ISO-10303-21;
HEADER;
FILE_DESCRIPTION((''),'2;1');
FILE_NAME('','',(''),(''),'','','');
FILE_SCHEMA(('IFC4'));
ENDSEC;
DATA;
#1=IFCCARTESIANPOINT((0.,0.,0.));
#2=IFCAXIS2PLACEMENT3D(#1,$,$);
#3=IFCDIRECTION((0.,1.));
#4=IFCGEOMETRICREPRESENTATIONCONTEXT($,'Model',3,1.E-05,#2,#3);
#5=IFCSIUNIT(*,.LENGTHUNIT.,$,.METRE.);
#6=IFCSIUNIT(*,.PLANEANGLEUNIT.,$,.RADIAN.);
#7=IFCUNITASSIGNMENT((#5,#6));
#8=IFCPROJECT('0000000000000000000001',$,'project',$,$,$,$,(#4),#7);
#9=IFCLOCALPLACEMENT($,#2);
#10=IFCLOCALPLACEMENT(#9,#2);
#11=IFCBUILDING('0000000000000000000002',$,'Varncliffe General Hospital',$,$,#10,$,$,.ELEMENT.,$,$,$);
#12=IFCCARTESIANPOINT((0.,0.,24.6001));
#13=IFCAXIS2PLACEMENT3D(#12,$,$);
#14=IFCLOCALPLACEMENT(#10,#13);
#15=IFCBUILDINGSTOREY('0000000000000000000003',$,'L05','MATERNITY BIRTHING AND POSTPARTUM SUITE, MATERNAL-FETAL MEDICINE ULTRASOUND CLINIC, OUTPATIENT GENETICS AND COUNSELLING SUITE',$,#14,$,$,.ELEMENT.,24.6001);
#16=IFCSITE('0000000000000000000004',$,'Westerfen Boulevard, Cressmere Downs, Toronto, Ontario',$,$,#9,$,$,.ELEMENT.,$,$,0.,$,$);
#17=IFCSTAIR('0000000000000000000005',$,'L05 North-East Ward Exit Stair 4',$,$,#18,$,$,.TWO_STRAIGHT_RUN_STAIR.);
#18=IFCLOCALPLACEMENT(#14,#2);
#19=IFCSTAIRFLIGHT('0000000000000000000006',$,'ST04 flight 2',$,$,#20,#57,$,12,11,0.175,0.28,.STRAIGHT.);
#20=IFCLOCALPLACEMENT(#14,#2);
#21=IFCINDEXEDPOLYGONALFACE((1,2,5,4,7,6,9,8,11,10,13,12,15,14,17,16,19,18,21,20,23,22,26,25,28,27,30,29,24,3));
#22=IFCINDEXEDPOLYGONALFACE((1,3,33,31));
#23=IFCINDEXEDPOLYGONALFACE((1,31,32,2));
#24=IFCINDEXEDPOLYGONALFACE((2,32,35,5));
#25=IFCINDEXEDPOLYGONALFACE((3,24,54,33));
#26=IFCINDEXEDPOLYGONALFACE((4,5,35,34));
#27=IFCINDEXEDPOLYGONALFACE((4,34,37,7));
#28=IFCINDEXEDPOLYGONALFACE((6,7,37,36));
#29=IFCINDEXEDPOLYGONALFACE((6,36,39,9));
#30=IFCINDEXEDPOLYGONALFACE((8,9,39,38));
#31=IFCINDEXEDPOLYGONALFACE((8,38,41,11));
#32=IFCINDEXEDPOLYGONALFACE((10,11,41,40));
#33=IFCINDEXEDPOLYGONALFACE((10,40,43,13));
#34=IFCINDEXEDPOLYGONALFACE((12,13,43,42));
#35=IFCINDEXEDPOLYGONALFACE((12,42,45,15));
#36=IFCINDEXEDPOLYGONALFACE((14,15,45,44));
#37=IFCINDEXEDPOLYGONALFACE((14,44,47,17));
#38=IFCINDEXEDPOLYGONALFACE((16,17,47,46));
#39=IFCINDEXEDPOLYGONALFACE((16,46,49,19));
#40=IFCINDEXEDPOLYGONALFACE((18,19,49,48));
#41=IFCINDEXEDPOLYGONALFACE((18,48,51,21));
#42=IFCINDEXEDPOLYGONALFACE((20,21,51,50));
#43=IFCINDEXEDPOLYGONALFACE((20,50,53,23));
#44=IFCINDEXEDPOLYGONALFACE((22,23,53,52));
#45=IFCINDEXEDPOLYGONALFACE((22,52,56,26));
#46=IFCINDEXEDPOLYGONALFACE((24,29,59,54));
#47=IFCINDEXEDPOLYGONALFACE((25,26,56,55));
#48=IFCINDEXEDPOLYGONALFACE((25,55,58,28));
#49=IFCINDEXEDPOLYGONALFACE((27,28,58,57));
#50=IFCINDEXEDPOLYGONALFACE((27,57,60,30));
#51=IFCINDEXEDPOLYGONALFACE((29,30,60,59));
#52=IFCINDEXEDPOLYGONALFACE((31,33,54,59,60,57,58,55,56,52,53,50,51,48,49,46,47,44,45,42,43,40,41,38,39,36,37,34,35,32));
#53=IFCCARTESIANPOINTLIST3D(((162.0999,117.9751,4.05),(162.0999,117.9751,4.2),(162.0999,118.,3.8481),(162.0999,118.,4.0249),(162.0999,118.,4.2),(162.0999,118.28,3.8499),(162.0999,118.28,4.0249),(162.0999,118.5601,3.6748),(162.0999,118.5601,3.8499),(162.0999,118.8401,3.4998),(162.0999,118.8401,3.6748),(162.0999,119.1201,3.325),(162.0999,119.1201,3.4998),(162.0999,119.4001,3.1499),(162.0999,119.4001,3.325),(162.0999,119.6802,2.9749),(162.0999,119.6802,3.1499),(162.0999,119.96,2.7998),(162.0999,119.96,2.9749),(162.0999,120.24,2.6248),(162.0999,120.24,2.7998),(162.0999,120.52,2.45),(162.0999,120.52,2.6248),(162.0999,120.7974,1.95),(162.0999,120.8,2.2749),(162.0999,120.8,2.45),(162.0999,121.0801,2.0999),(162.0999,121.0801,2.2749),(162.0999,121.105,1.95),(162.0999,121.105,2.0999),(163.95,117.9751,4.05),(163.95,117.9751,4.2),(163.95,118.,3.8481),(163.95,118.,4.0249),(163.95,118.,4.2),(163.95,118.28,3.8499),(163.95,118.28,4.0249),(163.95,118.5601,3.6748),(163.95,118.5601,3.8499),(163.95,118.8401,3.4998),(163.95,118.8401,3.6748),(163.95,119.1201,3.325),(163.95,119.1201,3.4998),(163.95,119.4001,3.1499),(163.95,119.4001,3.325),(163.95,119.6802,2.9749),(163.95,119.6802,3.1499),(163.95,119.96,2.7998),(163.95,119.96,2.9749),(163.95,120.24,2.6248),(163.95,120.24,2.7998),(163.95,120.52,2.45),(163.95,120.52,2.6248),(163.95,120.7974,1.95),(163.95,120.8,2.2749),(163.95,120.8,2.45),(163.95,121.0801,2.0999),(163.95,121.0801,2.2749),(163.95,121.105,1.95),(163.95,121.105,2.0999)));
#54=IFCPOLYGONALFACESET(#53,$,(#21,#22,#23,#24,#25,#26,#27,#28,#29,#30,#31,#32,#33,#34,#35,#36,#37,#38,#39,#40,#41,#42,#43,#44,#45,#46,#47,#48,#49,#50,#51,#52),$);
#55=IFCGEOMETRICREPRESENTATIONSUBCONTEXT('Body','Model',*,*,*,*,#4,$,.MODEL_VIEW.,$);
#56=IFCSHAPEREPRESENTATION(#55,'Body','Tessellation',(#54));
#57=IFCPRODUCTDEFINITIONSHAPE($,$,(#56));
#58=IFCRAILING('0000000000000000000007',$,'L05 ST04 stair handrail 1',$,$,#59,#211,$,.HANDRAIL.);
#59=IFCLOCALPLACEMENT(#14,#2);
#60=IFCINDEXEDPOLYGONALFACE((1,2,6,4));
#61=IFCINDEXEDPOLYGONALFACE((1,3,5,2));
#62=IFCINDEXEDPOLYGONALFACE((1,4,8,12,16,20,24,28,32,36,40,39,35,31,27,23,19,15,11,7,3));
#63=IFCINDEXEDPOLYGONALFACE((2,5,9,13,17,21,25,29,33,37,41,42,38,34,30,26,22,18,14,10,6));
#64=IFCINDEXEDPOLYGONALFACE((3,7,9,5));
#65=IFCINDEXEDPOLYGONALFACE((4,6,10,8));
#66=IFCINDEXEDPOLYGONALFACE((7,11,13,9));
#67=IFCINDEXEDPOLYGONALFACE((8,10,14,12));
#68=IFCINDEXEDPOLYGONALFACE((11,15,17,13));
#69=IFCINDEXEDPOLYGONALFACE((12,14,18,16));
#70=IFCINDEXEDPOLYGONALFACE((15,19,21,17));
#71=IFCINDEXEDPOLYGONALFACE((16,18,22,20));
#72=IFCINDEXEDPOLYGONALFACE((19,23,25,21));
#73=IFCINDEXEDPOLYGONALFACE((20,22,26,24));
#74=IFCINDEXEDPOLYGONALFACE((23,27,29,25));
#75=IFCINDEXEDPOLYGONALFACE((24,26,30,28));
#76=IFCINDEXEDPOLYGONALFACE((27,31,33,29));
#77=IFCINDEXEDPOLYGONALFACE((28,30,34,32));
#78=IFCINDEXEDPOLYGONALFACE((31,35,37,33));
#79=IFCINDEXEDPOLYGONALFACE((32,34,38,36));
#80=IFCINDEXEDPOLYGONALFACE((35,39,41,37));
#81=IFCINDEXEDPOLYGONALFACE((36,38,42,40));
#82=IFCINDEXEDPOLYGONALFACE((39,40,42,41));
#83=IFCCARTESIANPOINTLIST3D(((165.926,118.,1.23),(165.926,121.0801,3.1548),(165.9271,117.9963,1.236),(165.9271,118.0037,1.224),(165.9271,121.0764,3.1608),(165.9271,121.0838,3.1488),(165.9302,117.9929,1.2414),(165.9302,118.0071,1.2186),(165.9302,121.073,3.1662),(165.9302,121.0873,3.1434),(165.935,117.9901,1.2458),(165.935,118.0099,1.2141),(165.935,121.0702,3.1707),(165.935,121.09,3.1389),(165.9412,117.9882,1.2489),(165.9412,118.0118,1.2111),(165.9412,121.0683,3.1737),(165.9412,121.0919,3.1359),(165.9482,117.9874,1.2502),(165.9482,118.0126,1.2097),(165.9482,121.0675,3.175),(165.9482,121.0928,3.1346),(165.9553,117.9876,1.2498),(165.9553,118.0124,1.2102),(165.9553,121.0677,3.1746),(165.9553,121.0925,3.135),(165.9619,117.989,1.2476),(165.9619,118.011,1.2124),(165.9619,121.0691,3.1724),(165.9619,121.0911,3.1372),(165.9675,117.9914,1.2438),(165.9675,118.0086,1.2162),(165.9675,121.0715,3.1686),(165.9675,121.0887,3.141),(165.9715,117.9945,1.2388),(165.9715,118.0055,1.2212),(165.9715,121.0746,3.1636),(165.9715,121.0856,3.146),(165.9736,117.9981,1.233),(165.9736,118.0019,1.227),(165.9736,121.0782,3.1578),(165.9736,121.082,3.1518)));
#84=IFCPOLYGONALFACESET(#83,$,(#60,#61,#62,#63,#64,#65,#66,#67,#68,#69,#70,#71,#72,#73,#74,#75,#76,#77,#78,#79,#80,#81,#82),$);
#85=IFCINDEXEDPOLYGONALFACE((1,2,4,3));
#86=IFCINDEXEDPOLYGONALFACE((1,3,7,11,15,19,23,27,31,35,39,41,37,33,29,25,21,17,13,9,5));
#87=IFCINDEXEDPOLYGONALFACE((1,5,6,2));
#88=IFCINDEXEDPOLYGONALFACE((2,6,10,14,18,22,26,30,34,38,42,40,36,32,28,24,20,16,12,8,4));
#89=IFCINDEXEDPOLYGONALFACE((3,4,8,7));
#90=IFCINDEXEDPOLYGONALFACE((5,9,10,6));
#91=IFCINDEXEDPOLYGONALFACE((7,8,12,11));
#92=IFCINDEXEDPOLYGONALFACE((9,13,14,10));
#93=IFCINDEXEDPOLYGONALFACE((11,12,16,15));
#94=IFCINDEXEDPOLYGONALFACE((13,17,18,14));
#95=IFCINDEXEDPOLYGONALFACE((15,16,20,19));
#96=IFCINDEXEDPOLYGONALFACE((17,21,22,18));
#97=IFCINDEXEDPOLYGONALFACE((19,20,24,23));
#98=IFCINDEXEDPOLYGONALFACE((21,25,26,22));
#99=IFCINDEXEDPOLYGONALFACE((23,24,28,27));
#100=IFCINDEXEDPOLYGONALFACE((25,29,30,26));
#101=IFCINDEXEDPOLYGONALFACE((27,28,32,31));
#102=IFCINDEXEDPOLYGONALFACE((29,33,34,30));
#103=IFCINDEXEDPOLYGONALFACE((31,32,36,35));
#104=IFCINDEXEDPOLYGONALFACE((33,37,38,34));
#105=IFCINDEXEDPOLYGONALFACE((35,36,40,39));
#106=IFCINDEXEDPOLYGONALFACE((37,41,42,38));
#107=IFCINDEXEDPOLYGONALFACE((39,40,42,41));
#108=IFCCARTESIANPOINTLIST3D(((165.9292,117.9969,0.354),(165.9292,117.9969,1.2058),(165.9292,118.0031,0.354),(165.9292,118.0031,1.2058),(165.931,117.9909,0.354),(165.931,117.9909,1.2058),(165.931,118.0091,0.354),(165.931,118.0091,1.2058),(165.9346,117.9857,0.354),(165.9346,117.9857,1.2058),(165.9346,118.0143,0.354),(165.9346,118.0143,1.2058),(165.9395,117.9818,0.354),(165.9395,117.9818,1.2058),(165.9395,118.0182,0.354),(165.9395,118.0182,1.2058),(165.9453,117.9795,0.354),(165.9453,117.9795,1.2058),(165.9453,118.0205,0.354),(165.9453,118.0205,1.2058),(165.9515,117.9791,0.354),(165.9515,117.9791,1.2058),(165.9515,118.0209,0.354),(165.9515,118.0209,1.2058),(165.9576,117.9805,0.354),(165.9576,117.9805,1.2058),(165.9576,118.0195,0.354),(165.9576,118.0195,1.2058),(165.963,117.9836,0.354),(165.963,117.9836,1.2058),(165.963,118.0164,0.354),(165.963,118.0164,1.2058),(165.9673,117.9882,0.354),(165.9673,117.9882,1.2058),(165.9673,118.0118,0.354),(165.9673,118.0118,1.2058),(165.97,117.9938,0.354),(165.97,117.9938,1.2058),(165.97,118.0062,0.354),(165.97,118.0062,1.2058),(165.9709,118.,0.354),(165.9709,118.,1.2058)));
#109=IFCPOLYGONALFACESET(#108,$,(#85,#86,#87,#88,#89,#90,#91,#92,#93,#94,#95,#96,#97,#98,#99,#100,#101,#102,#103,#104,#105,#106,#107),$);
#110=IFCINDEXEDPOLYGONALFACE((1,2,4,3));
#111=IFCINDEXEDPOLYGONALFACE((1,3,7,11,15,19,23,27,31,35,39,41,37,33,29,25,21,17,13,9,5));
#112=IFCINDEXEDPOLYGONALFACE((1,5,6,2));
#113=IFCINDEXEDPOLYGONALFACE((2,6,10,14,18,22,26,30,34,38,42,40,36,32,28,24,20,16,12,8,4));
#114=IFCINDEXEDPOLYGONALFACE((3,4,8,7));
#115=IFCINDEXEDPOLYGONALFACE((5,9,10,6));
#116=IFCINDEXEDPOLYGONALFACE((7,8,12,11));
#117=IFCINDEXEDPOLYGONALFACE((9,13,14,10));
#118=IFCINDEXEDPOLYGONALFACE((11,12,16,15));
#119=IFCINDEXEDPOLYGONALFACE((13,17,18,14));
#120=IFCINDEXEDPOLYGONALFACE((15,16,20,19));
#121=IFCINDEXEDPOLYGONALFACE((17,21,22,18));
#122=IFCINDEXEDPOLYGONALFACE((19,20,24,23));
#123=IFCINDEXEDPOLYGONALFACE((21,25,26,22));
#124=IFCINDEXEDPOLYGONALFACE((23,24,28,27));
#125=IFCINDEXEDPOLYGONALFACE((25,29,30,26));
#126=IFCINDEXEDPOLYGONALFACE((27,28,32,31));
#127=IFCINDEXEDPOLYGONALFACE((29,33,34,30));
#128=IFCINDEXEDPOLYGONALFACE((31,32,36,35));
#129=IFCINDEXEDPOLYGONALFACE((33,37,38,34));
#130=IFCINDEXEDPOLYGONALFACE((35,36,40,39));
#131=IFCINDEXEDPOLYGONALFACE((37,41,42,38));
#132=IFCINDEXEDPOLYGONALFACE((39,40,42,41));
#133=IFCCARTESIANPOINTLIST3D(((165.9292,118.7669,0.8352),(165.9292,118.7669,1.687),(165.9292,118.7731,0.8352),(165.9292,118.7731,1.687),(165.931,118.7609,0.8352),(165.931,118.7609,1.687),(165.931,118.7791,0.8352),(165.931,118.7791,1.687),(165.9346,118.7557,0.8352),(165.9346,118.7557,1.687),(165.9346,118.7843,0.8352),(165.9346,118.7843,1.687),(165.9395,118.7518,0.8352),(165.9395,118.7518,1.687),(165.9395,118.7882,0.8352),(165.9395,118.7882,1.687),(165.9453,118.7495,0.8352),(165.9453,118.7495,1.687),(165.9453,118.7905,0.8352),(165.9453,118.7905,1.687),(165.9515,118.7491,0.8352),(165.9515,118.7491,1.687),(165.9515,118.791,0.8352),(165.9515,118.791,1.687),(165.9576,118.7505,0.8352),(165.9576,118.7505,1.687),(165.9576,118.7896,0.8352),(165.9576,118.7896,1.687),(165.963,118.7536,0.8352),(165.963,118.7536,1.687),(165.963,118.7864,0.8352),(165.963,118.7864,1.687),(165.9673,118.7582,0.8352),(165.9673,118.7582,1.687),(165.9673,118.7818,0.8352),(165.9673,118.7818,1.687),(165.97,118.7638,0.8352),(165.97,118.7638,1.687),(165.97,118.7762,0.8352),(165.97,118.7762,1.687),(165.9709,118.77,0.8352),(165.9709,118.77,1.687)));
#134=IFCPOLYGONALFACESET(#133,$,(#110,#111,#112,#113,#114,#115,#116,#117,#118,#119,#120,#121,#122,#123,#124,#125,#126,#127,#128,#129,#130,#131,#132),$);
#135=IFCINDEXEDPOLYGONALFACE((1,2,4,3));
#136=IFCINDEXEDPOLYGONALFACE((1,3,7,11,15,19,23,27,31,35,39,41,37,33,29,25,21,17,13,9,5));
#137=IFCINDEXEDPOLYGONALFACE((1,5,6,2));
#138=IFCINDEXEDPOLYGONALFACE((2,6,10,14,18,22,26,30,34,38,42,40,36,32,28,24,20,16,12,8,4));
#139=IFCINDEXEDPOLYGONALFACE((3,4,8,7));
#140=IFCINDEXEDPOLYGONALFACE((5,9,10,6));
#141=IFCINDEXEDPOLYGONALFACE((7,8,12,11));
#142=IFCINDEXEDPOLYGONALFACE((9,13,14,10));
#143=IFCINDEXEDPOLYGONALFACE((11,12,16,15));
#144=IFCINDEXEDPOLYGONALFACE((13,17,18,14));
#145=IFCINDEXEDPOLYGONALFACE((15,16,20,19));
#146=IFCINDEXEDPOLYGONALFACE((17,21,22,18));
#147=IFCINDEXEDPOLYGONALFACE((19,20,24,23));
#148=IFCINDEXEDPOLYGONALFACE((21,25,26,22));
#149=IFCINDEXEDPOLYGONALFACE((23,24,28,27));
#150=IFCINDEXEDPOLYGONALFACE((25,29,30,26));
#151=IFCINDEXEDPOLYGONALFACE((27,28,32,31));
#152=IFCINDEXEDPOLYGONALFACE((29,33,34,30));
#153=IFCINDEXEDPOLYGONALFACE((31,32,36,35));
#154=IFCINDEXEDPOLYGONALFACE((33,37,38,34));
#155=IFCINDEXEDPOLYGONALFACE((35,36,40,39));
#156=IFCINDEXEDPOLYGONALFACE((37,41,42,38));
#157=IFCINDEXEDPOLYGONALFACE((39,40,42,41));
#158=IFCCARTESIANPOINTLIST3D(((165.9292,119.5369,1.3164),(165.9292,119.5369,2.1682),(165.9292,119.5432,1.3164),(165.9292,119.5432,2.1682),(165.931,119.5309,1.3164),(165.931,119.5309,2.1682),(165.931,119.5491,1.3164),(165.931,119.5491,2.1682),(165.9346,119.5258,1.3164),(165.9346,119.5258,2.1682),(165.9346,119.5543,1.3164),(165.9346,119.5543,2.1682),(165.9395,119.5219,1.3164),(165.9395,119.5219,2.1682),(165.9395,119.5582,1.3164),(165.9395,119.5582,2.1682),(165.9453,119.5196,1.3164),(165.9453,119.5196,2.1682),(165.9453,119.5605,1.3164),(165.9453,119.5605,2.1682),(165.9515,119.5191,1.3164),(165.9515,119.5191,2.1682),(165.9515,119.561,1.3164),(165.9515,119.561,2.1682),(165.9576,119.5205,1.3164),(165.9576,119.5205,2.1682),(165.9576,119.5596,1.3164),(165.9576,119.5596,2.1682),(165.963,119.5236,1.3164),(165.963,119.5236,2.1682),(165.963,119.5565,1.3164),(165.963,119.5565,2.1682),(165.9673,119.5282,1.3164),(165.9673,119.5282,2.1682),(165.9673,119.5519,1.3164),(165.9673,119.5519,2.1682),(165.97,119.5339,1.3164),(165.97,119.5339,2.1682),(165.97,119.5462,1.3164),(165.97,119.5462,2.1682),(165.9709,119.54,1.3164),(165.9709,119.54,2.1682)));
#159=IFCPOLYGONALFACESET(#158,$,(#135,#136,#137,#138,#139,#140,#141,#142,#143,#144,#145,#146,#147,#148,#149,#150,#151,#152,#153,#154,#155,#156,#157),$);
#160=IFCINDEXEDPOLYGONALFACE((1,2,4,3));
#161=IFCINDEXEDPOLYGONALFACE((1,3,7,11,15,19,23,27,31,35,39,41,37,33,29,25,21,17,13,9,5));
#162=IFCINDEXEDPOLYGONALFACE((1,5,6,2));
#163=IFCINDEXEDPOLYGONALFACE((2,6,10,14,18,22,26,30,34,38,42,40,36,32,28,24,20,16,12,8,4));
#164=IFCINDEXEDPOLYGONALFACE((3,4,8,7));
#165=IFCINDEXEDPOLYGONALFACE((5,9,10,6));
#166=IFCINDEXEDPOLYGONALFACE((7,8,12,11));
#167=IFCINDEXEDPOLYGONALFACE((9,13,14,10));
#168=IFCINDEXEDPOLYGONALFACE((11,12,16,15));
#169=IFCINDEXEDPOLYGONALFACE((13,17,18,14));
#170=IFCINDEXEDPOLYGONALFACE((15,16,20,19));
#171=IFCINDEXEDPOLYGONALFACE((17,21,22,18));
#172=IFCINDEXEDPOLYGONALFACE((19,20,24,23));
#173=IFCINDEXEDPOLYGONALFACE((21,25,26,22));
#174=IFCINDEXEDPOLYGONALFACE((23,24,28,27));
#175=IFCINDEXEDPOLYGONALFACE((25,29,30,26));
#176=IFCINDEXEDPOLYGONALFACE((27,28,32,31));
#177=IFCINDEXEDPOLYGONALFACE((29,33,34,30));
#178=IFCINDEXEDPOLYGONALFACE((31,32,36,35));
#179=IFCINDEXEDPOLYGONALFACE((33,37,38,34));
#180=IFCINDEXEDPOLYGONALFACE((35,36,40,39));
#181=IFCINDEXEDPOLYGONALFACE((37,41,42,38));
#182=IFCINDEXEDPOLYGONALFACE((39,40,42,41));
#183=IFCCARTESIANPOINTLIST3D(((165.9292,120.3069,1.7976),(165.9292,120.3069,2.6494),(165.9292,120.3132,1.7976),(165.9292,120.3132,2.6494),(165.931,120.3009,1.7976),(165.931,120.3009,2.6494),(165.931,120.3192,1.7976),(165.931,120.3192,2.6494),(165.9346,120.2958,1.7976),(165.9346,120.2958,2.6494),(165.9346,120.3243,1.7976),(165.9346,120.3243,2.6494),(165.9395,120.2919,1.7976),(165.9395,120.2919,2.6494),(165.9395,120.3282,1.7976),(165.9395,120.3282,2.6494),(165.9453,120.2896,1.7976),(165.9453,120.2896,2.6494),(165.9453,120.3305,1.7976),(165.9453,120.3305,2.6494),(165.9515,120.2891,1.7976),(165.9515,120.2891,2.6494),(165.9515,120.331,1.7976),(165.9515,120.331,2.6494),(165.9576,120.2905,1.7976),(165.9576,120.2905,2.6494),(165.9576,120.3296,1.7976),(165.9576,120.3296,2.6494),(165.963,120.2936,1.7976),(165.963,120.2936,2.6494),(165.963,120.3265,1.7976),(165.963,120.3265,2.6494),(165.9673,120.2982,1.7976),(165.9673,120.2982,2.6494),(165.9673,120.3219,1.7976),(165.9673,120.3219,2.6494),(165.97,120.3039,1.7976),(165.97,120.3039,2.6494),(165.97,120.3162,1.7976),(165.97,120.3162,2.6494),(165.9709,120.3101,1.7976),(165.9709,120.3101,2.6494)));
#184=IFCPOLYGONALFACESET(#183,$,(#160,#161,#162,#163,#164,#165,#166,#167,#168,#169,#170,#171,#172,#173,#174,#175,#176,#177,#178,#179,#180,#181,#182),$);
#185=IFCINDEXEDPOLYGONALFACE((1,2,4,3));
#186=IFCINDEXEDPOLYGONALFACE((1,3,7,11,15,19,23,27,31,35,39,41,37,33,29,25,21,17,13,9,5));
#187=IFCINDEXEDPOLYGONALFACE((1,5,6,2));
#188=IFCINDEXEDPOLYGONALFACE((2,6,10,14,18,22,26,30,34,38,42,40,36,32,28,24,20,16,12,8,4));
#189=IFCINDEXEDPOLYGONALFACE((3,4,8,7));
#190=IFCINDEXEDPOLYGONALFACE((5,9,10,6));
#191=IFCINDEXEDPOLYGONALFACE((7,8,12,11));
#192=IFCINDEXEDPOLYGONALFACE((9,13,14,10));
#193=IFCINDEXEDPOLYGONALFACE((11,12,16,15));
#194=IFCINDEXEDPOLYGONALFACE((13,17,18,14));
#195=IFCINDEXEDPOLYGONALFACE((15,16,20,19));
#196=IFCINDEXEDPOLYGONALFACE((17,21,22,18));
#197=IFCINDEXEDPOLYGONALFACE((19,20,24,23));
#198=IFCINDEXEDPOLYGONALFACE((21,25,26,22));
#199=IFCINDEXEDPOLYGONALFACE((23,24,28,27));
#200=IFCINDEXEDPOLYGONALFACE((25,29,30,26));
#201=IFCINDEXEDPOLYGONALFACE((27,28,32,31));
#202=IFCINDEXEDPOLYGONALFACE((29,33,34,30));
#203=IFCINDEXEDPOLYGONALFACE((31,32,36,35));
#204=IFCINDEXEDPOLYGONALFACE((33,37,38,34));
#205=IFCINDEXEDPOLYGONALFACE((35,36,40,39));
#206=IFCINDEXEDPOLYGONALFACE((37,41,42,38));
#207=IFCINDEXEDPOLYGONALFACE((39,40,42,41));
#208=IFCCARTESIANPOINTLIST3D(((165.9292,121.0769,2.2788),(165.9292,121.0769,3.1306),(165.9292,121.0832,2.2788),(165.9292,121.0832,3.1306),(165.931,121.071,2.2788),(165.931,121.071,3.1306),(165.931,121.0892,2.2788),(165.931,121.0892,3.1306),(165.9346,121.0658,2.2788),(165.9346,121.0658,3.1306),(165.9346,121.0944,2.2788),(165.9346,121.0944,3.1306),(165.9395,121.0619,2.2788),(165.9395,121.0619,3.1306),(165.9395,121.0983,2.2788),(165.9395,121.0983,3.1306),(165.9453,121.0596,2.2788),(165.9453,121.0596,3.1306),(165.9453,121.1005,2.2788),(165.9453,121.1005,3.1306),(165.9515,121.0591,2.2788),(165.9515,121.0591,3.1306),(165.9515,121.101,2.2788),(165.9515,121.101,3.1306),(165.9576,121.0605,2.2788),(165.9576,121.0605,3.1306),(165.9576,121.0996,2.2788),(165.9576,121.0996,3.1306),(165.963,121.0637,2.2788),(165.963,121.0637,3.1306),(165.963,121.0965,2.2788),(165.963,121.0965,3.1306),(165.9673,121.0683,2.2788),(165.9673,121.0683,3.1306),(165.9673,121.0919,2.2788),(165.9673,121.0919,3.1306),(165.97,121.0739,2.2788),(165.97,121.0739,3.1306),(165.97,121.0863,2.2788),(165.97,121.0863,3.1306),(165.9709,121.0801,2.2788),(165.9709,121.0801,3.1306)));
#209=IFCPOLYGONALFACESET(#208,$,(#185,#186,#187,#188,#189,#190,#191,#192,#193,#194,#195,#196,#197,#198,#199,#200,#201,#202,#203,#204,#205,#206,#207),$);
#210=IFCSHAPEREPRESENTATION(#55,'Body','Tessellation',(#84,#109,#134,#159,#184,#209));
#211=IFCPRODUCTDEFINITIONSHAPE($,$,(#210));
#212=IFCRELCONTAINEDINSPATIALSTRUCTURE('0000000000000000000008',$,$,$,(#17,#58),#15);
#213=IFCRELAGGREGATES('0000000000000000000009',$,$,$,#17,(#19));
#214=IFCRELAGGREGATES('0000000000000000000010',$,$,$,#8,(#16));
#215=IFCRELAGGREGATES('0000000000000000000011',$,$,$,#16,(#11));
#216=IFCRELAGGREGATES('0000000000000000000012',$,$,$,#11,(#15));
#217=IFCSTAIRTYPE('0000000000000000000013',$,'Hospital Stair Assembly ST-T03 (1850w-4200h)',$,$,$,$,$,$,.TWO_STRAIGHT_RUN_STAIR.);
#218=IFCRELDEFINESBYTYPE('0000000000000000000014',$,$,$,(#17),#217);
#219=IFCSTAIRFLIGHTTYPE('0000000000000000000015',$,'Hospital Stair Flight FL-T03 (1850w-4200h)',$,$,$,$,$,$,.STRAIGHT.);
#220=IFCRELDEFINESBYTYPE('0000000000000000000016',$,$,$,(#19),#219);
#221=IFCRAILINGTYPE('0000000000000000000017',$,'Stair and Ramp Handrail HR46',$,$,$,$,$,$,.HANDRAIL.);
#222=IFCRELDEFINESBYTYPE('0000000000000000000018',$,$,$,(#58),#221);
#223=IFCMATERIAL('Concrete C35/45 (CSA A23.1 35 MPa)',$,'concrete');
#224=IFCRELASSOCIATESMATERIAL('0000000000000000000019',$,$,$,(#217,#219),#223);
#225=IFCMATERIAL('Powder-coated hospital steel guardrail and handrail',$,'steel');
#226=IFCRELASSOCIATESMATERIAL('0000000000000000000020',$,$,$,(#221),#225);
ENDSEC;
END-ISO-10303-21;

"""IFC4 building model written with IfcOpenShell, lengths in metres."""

from ifc_helpers import new_model, si_unit, direction, frame, origin, origin_2d, place, context, subcontext, project, spatial, polyline, circle, outline, extrude, material, type_object, element, aggregate, save


model = new_model("IFC4")

# Units and contexts
model_context = context("Model", 3, precision=1e-05, world=origin(), true_north=direction((0.0, 1.0)))
body_context = subcontext(model_context, "Body", "Model", "MODEL_VIEW")
ifc_project = project(units=[si_unit("LENGTHUNIT", "METRE"), si_unit("PLANEANGLEUNIT", "RADIAN")], contexts=[model_context])

# Site, building, storey
site_placement = place(None, origin())
site = spatial("IfcSite", under=ifc_project, at=site_placement, Name="Westerfen Boulevard, Cressmere Downs, Toronto, Ontario", CompositionType="ELEMENT", RefElevation=0.0)
building_placement = place(site_placement, origin())
building = spatial("IfcBuilding", under=site, at=building_placement, Name="Varncliffe General Hospital", CompositionType="ELEMENT")
storey_placement = place(building_placement, frame((0.0, 0.0, 24.6001)))
storey = spatial("IfcBuildingStorey", under=building, at=storey_placement, Name="L05", Description="MATERNITY BIRTHING AND POSTPARTUM SUITE, MATERNAL-FETAL MEDICINE ULTRASOUND CLINIC, OUTPATIENT GENETICS AND COUNSELLING SUITE", CompositionType="ELEMENT", Elevation=24.6001)

# Stair, stair flight
ifc_material_1 = material(Name="Concrete C35/45 (CSA A23.1 35 MPa)", Category="concrete")
stair_type = type_object("IfcStairType", Name="Hospital Stair Assembly ST-T03 (1850w-4200h)", PredefinedType="TWO_STRAIGHT_RUN_STAIR", material=ifc_material_1)
stair_placement = place(storey_placement, origin())
stair = element("IfcStair", 1, at=stair_placement, inside=storey, type_object=stair_type, Name="L05 North-East Ward Exit Stair 4", PredefinedType="TWO_STRAIGHT_RUN_STAIR")
stair_flight_type = type_object("IfcStairFlightType", Name="Hospital Stair Flight FL-T03 (1850w-4200h)", PredefinedType="STRAIGHT", material=ifc_material_1)
stair_flight_1_placement = place(storey_placement, frame((163.0249, 121.0801, 2.0999), z_axis=(0.0, 0.0, 1.0), x_axis=(0.0, -1.0, 0.0)))
stair_flight_1 = element("IfcStairFlight", 2, at=stair_flight_1_placement, type_object=stair_flight_type, Name="ST04 flight 2", NumberOfRisers=12, NumberOfTreads=11, PredefinedType="STRAIGHT", RiserHeight=0.175, TreadLength=0.28, context=body_context, shape_type="SweptSolid", body=[
    extrude(outline(polyline([(-0.0249, -0.1499), (-0.0249, 0.0), (0.0, 0.0), (0.0, 0.175), (0.28, 0.175), (0.28, 0.3501), (0.5601, 0.3501), (0.5601, 0.5249), (0.8401, 0.5249), (0.8401, 0.7), (1.1201, 0.7), (1.1201, 0.875), (1.3999, 0.875), (1.3999, 1.05), (1.6799, 1.05), (1.6799, 1.2251), (1.96, 1.2251), (1.96, 1.3999), (2.24, 1.3999), (2.24, 1.575), (2.52, 1.575), (2.52, 1.75), (2.8, 1.75), (2.8, 1.925), (3.0801, 1.925), (3.0801, 2.1001), (3.105, 2.1001), (3.105, 1.9502), (3.0801, 1.7483), (0.2827, -0.1499), (-0.0249, -0.1499)])), frame((0.0, 0.925, 0.0), z_axis=(0.0, -1.0, 0.0), x_axis=(1.0, 0.0, 0.0)), (0.0, 0.0, 1.0), 1.8501),
])
aggregate(stair, [stair_flight_1])

# Railing
ifc_material_2 = material(Name="Powder-coated hospital steel guardrail and handrail", Category="steel")
railing_type_1 = type_object("IfcRailingType", Name="Stair and Ramp Handrail HR46", PredefinedType="HANDRAIL", material=ifc_material_2)
railing_1_placement = place(storey_placement, frame((165.95, 118.0, 0.354)))
element("IfcRailing", 3, at=railing_1_placement, inside=storey, type_object=railing_type_1, Name="L05 ST04 stair handrail 1", PredefinedType="HANDRAIL", context=body_context, shape_type="SweptSolid", body=[
    extrude(circle(Radius=0.0239, at=origin_2d()), frame((0.0, 0.0, 0.876), z_axis=(0.0, 0.848029, 0.529951), x_axis=(-1.0, 0.0, 0.0)), (0.0, 0.0, 1.0), 3.6321),
    extrude(circle(Radius=0.021, at=origin_2d()), origin(), (0.0, 0.0, 1.0), 0.8518),
    extrude(circle(Radius=0.021, at=origin_2d()), frame((0.0, 0.77, 0.4812)), (0.0, 0.0, 1.0), 0.8518),
    extrude(circle(Radius=0.021, at=origin_2d()), frame((0.0, 1.54, 0.9624)), (0.0, 0.0, 1.0), 0.8518),
    extrude(circle(Radius=0.021, at=origin_2d()), frame((0.0, 2.3101, 1.4436)), (0.0, 0.0, 1.0), 0.8518),
    extrude(circle(Radius=0.021, at=origin_2d()), frame((0.0, 3.0801, 1.9248)), (0.0, 0.0, 1.0), 0.8518),
])

save(model, "model.ifc")
